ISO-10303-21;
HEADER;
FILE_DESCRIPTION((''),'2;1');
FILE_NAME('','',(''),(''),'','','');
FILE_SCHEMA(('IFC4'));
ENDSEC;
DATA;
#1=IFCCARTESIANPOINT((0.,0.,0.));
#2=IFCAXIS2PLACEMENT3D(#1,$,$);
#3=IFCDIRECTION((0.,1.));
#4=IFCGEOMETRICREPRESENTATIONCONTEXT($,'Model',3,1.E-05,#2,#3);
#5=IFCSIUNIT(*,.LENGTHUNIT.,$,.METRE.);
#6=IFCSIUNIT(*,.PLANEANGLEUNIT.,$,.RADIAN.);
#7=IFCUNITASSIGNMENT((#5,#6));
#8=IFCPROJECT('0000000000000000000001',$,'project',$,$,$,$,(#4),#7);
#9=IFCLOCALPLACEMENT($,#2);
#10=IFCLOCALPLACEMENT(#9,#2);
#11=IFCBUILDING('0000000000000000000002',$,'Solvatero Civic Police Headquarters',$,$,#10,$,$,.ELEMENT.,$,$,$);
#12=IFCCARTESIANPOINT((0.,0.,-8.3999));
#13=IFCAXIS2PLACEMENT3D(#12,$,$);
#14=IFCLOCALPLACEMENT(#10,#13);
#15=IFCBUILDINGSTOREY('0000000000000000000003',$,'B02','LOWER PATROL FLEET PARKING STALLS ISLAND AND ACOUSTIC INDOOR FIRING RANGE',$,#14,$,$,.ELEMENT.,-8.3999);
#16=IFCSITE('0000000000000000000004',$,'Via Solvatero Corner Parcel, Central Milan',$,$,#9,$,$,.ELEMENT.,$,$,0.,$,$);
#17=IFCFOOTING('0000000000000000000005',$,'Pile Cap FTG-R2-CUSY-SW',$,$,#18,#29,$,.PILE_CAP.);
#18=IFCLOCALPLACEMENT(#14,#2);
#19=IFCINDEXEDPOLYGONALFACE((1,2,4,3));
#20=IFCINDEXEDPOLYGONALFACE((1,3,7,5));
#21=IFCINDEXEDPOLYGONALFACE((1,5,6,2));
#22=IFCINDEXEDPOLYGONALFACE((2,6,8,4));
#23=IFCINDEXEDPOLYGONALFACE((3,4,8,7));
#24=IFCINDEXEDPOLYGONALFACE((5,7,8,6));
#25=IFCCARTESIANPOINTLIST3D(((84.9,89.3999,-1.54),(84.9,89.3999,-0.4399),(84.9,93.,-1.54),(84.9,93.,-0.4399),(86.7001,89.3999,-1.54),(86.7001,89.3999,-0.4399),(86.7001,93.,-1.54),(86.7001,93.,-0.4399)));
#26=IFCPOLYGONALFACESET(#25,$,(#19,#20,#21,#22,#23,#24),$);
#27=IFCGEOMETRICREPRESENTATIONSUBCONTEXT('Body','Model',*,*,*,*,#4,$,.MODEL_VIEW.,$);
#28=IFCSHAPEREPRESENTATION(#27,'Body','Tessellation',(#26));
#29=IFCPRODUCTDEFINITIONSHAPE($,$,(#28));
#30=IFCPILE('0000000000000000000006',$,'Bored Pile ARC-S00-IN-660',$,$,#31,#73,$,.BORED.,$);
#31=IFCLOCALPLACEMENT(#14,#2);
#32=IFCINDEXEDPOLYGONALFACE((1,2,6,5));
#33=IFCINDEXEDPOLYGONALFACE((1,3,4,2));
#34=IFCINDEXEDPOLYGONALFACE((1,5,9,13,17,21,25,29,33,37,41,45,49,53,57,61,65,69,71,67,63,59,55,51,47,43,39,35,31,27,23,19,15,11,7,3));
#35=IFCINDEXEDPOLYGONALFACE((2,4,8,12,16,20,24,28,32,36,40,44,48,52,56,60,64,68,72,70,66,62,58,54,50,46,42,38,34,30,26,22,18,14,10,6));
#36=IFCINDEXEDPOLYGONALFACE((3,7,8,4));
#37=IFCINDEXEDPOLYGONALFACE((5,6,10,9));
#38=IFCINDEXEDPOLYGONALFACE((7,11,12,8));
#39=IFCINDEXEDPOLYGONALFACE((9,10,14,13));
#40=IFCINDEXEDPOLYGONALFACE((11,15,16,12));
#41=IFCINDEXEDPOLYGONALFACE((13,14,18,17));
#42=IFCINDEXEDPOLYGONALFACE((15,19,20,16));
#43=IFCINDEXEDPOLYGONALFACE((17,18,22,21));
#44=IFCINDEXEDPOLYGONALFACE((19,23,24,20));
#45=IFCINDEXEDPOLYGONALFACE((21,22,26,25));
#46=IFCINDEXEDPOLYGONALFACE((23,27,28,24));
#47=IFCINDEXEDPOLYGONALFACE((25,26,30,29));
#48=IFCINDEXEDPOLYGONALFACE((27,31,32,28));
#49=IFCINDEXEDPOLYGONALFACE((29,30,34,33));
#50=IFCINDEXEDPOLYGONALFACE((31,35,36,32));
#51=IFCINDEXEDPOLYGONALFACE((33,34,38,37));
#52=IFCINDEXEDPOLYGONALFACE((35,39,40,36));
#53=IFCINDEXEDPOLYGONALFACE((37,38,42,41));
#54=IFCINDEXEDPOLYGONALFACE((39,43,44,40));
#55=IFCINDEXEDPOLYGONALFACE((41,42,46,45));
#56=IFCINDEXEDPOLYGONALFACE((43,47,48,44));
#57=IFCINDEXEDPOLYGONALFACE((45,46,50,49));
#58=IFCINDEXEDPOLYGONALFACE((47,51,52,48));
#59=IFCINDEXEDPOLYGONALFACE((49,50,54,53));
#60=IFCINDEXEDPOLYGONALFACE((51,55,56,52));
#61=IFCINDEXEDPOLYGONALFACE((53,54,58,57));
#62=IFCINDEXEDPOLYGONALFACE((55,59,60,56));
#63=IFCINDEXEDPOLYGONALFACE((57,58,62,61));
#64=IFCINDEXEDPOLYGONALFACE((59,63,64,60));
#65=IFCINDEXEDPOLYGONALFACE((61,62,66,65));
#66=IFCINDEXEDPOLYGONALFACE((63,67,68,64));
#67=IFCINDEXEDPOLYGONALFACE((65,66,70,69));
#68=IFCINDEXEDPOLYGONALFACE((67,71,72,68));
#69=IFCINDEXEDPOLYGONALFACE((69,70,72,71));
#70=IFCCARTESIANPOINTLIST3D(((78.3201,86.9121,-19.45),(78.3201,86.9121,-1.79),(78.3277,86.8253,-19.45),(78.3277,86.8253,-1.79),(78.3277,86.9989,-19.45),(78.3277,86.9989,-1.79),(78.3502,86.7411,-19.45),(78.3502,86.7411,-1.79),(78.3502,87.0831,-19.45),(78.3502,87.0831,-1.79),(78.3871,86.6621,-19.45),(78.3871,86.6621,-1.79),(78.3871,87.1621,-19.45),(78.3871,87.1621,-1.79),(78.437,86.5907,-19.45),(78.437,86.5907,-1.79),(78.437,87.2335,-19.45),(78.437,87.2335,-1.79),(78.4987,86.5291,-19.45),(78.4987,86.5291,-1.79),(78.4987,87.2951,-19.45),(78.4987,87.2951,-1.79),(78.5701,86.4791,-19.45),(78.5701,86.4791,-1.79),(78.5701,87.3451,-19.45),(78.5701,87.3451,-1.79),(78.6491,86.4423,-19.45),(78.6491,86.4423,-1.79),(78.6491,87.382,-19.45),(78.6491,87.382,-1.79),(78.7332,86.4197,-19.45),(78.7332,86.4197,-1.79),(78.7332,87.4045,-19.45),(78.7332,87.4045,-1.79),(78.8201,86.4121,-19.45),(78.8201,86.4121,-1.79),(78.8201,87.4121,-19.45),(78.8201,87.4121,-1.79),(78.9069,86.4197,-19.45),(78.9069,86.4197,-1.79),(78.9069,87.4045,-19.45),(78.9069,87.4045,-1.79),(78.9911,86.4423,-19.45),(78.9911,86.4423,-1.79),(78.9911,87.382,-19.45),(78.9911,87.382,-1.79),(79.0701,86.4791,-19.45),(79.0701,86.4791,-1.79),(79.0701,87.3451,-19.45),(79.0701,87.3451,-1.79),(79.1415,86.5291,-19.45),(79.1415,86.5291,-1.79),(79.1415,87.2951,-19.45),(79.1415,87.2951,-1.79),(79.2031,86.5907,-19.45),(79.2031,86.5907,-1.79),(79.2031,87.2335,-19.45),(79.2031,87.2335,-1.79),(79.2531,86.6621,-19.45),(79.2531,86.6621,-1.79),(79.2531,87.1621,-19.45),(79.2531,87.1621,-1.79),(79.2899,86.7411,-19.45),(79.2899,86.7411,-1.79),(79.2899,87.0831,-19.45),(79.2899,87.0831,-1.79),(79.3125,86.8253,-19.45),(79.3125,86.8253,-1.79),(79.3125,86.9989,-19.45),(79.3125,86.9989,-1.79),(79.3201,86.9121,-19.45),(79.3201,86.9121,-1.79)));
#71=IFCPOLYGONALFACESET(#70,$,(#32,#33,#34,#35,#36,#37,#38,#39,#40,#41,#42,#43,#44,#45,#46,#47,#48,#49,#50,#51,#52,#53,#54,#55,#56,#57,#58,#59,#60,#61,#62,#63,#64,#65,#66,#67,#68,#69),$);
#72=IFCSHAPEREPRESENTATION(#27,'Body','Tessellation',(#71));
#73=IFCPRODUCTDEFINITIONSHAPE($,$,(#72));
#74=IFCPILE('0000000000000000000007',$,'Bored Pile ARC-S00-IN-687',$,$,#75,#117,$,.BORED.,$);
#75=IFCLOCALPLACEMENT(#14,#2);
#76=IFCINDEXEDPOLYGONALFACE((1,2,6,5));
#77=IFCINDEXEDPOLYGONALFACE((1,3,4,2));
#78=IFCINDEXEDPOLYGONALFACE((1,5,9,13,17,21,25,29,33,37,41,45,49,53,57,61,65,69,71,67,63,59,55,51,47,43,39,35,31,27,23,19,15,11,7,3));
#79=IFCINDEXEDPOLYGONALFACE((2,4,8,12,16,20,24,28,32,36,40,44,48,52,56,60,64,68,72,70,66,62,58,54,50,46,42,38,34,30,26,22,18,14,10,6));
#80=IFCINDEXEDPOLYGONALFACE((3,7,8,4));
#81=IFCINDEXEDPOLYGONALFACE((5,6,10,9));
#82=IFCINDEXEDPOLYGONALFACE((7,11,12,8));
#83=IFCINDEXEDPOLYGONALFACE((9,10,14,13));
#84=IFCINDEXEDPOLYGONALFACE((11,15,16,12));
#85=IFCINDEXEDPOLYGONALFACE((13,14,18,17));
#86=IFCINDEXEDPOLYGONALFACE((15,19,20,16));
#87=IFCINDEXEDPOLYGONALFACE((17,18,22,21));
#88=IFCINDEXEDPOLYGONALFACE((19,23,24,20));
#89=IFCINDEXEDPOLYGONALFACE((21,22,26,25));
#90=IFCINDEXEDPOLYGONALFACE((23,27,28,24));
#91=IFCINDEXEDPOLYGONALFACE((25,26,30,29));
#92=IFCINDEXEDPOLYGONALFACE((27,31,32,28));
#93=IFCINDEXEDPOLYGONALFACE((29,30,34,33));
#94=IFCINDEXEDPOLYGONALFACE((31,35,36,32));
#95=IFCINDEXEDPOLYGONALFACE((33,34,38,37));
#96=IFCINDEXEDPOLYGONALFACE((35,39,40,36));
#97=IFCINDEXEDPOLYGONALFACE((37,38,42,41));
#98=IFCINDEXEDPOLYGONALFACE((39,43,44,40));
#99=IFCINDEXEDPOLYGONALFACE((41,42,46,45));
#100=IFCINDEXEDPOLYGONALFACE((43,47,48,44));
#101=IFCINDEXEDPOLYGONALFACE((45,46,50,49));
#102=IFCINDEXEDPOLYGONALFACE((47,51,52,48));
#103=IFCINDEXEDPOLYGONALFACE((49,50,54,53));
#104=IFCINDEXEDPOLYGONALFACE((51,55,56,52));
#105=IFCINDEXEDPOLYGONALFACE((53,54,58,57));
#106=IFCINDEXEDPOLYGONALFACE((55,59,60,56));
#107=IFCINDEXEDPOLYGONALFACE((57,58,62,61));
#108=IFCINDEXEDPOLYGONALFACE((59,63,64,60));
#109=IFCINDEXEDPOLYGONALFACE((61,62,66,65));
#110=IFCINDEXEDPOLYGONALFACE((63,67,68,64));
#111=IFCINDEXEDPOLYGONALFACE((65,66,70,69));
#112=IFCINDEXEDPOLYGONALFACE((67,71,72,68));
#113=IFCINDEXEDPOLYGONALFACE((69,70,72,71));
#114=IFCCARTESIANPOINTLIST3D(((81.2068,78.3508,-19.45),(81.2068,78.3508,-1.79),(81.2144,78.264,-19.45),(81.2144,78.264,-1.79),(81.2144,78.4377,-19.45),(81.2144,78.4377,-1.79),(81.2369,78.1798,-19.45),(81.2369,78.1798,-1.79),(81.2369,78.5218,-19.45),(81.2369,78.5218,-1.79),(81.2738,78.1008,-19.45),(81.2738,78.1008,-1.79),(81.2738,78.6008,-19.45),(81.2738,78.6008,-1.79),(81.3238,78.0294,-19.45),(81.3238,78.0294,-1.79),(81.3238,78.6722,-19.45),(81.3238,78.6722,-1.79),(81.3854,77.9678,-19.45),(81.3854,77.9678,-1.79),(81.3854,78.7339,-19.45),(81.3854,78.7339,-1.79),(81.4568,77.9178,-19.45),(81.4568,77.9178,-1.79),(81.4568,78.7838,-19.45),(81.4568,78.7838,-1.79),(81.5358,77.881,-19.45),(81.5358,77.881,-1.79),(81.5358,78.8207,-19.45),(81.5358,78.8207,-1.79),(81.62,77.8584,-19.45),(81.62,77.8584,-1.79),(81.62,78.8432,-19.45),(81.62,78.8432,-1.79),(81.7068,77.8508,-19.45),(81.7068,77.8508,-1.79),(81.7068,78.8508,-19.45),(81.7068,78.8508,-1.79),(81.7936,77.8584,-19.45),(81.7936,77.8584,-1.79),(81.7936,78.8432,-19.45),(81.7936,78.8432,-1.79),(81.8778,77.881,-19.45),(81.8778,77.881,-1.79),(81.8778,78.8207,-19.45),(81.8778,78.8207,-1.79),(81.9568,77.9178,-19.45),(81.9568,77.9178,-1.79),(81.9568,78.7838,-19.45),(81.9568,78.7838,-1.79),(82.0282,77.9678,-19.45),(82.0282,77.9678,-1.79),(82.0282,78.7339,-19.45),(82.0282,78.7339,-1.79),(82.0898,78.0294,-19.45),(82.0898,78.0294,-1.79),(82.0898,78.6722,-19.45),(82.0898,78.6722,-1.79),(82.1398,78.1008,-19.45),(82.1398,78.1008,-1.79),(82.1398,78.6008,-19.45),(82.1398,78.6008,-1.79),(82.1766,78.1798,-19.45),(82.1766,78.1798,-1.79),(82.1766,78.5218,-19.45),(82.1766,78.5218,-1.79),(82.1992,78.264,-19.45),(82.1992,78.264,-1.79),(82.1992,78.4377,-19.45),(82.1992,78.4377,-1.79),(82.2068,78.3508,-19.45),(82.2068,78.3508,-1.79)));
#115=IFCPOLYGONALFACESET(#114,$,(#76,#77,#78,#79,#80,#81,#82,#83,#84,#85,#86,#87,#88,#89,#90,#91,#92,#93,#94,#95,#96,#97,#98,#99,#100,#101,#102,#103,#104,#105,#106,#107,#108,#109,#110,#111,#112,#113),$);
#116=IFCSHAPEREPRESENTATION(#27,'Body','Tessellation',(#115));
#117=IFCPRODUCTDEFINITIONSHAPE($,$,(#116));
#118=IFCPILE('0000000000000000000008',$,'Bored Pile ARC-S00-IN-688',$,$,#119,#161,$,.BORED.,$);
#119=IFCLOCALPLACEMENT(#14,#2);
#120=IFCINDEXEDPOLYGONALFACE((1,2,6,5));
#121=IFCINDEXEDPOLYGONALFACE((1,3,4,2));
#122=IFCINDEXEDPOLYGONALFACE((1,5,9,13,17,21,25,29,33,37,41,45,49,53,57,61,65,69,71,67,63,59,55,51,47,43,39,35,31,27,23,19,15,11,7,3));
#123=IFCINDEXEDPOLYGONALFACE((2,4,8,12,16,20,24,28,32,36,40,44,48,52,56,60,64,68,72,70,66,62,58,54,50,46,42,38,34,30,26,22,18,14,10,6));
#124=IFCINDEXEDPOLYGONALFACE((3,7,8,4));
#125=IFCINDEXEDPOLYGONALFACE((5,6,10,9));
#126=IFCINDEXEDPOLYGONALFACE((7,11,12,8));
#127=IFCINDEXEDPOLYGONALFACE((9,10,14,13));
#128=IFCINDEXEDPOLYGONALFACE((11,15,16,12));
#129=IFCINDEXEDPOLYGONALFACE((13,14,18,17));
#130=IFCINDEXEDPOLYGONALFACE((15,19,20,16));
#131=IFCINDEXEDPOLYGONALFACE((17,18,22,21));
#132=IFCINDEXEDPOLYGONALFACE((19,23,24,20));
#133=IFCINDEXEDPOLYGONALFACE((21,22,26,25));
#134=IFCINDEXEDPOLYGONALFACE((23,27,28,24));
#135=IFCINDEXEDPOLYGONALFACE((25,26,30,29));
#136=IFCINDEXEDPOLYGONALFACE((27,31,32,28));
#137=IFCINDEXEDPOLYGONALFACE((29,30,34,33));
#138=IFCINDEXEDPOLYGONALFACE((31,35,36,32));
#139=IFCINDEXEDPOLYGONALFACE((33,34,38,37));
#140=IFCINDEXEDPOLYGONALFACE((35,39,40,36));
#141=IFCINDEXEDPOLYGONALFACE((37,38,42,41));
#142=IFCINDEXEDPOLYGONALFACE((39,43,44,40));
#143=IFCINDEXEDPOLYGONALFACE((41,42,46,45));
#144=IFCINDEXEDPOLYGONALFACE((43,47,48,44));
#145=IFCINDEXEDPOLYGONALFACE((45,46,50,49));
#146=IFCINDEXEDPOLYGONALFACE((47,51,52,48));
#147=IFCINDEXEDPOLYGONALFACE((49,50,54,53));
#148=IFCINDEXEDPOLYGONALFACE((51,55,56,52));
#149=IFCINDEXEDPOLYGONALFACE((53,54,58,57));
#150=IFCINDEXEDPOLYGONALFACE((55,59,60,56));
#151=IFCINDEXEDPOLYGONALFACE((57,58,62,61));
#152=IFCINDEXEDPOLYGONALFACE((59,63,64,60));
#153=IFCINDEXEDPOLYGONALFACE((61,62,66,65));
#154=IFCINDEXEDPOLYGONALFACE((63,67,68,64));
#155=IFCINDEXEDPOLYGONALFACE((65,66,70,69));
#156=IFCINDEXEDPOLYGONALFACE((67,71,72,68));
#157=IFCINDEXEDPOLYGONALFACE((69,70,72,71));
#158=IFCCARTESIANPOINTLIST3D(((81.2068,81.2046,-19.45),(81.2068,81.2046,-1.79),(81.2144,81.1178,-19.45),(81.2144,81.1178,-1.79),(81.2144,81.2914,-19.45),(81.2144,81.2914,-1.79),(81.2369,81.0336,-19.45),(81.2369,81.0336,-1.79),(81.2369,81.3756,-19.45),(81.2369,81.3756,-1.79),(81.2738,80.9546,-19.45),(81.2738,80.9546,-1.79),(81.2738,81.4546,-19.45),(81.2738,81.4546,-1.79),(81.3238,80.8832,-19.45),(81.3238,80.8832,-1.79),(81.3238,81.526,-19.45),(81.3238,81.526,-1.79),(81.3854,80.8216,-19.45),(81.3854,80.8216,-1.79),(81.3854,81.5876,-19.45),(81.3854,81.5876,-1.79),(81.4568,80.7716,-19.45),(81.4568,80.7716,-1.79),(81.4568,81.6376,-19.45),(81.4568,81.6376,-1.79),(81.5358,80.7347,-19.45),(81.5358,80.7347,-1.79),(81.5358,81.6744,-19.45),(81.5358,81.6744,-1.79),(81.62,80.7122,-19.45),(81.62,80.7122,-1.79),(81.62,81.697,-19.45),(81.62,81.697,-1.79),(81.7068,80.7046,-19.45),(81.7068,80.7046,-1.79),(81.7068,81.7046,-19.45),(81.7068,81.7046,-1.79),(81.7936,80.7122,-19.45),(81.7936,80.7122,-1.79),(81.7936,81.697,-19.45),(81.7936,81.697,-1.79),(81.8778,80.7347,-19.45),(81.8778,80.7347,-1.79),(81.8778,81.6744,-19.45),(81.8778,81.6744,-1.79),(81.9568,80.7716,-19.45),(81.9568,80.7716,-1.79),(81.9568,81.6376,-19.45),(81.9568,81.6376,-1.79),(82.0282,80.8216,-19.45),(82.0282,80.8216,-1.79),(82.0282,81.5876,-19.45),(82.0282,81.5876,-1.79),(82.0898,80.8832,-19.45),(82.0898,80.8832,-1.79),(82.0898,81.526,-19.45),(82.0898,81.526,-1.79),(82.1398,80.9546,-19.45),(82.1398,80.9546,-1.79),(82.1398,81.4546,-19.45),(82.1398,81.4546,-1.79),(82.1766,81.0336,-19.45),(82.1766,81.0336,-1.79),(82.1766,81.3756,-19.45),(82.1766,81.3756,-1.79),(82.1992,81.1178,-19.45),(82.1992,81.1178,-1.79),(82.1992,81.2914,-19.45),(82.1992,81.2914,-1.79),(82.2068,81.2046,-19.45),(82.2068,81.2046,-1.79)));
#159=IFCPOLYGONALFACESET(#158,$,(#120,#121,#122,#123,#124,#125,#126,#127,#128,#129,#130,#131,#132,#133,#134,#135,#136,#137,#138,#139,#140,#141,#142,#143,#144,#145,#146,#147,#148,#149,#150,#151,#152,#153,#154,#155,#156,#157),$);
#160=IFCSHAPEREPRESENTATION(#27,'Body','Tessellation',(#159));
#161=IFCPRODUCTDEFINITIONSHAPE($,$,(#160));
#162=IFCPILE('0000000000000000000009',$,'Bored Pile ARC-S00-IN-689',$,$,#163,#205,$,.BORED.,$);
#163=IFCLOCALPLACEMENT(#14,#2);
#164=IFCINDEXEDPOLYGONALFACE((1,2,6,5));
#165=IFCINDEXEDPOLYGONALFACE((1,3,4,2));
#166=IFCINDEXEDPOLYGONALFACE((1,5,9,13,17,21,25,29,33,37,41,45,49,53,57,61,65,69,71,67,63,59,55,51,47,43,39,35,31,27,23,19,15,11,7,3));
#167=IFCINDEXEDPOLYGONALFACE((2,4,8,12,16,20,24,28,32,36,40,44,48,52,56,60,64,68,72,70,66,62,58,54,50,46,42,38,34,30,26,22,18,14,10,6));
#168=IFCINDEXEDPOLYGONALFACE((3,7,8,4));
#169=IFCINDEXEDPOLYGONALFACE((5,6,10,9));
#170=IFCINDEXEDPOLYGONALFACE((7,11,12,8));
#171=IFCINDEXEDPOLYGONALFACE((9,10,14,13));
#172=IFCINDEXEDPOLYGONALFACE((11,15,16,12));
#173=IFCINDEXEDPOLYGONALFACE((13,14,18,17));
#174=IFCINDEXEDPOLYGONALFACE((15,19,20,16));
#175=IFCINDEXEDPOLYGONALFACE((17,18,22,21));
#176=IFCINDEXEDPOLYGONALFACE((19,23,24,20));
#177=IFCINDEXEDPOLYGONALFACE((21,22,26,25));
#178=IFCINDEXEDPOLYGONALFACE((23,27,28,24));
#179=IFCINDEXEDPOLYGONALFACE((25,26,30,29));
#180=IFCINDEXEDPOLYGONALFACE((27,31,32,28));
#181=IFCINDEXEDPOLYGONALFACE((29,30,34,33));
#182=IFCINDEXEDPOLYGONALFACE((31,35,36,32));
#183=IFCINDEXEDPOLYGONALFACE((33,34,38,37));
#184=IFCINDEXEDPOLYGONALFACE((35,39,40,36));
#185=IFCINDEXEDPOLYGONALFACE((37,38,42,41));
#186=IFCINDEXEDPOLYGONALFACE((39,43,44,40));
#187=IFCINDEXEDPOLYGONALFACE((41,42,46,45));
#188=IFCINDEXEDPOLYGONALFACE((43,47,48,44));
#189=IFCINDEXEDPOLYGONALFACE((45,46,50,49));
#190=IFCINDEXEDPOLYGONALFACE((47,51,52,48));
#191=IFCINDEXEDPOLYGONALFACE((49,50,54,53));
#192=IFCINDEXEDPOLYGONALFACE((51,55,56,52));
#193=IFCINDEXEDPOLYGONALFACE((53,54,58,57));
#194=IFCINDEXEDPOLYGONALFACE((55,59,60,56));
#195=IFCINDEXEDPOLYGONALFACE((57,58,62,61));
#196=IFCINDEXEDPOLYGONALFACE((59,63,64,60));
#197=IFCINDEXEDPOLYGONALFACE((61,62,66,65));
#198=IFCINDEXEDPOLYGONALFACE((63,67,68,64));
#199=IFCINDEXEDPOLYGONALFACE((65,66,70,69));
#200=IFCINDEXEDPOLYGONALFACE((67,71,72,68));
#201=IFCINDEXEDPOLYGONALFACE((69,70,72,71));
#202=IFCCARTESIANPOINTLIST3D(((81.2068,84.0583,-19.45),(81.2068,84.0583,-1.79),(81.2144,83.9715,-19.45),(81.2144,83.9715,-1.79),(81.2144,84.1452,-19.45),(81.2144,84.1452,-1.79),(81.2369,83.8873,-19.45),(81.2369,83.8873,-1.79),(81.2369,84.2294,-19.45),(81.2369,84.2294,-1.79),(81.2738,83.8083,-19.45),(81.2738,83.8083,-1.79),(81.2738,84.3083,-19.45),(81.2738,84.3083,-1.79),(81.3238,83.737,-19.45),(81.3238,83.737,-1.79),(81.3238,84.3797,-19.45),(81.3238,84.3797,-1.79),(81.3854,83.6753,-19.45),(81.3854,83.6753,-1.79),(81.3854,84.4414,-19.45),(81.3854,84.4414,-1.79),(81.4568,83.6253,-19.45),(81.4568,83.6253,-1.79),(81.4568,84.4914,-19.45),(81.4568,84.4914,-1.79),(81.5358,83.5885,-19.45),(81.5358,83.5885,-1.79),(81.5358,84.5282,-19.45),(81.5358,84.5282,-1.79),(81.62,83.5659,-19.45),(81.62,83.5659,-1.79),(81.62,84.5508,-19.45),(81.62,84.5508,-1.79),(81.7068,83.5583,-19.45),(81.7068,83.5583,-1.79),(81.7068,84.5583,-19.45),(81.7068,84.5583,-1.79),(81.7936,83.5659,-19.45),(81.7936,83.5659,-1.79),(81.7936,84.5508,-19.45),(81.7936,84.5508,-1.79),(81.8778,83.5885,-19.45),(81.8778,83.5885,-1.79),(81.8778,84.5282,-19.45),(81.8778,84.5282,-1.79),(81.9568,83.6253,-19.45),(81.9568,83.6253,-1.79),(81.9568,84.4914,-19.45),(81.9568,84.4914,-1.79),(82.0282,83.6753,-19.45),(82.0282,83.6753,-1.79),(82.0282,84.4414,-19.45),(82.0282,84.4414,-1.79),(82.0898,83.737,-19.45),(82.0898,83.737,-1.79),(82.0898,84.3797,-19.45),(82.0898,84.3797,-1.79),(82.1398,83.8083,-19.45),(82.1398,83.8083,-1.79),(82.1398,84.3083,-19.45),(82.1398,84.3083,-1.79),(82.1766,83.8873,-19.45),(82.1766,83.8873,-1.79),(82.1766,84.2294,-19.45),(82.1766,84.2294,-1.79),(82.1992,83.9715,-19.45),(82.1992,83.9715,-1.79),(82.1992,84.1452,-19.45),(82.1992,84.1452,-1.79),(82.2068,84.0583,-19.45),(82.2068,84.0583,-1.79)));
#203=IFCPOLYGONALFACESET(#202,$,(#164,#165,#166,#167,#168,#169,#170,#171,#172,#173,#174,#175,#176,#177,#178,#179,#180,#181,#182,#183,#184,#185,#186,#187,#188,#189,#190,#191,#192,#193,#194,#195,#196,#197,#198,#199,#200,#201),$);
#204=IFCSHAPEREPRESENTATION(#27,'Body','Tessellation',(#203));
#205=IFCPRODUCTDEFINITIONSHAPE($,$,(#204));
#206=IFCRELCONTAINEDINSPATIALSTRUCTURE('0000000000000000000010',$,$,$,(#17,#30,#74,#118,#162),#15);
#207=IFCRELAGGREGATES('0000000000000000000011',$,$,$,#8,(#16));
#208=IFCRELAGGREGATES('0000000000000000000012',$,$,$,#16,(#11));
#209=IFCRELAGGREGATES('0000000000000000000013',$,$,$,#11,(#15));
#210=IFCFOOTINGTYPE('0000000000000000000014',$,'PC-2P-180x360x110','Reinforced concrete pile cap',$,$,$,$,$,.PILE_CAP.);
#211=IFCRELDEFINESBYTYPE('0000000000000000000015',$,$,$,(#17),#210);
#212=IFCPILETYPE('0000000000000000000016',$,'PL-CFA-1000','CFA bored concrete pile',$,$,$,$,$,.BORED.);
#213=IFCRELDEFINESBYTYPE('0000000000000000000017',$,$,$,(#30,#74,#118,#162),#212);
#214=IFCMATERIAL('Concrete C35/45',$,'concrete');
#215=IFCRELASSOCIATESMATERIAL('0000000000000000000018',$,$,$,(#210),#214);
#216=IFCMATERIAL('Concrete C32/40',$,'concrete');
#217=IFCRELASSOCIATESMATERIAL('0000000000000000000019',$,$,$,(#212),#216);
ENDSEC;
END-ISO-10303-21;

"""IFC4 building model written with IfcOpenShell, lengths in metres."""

from ifc_helpers import new_model, si_unit, direction, frame, origin, origin_2d, place, context, subcontext, project, spatial, rectangle, circle, extrude, material, material_profile, profile_set, type_object, element, save


model = new_model("IFC4")

# Units and contexts
model_context = context("Model", 3, precision=1e-05, world=origin(), true_north=direction((0.0, 1.0)))
body_context = subcontext(model_context, "Body", "Model", "MODEL_VIEW")
ifc_project = project(units=[si_unit("LENGTHUNIT", "METRE"), si_unit("PLANEANGLEUNIT", "RADIAN")], contexts=[model_context])

# Site, building, storey
site_placement = place(None, origin())
site = spatial("IfcSite", under=ifc_project, at=site_placement, Name="Via Solvatero Corner Parcel, Central Milan", CompositionType="ELEMENT", RefElevation=0.0)
building_placement = place(site_placement, origin())
building = spatial("IfcBuilding", under=site, at=building_placement, Name="Solvatero Civic Police Headquarters", CompositionType="ELEMENT")
storey_placement = place(building_placement, frame((0.0, 0.0, -8.3999)))
storey = spatial("IfcBuildingStorey", under=building, at=storey_placement, Name="B02", Description="LOWER PATROL FLEET PARKING STALLS ISLAND AND ACOUSTIC INDOOR FIRING RANGE", CompositionType="ELEMENT", Elevation=-8.3999)

# Footing
ifc_material_1 = material(Name="Concrete C35/45", Category="concrete")
footing_type = type_object("IfcFootingType", Name="PC-2P-180x360x110", Description="Reinforced concrete pile cap", PredefinedType="PILE_CAP", material=ifc_material_1)
footing_placement = place(storey_placement, frame((85.8, 91.2, -1.54), z_axis=(0.0, 0.0, 1.0), x_axis=(1.0, 0.0, 0.0)))
element("IfcFooting", 1, at=footing_placement, inside=storey, type_object=footing_type, Name="Pile Cap FTG-R2-CUSY-SW", PredefinedType="PILE_CAP", context=body_context, shape_type="SweptSolid", body=[
    extrude(rectangle(XDim=1.8, YDim=3.6001, at=origin_2d()), origin(), (0.0, 0.0, 1.0), 1.1001),
])

# Piles
ifc_material_2 = material(Name="Concrete C32/40", Category="concrete")
ifc_material_profile_1 = material_profile(ifc_material_2, circle(Radius=0.5, at=origin_2d()), Name="CFA PILE D1000")
ifc_profile_set_1 = profile_set([ifc_material_profile_1], Name="Concrete C32/40")
pile_type_1 = type_object("IfcPileType", Name="PL-CFA-1000", Description="CFA bored concrete pile", PredefinedType="BORED", material=ifc_profile_set_1)
for number, where, z_axis, x_axis, name in (
    (2, (78.8201, 86.9121, -1.79), (0.0, 0.0, -1.0), (1.0, 0.0, 0.0), "Bored Pile ARC-S00-IN-660"),
    (3, (81.7068, 78.3508, -1.79), (0.0, 0.0, -1.0), (1.0, 0.0, 0.0), "Bored Pile ARC-S00-IN-687"),
    (4, (81.7068, 81.2046, -1.79), (0.0, 0.0, -1.0), (1.0, 0.0, 0.0), "Bored Pile ARC-S00-IN-688"),
    (5, (81.7068, 84.0583, -1.79), (0.0, 0.0, -1.0), (1.0, 0.0, 0.0), "Bored Pile ARC-S00-IN-689"),
):
    element("IfcPile", number, at=place(storey_placement, frame(where, z_axis=z_axis, x_axis=x_axis)), inside=storey, type_object=pile_type_1, Name=name, PredefinedType="BORED", context=body_context, shape_type="SweptSolid", body=[
        extrude(circle(Radius=0.5, at=origin_2d()), origin(), (0.0, 0.0, 1.0), 17.6599),
    ])

save(model, "model.ifc")
